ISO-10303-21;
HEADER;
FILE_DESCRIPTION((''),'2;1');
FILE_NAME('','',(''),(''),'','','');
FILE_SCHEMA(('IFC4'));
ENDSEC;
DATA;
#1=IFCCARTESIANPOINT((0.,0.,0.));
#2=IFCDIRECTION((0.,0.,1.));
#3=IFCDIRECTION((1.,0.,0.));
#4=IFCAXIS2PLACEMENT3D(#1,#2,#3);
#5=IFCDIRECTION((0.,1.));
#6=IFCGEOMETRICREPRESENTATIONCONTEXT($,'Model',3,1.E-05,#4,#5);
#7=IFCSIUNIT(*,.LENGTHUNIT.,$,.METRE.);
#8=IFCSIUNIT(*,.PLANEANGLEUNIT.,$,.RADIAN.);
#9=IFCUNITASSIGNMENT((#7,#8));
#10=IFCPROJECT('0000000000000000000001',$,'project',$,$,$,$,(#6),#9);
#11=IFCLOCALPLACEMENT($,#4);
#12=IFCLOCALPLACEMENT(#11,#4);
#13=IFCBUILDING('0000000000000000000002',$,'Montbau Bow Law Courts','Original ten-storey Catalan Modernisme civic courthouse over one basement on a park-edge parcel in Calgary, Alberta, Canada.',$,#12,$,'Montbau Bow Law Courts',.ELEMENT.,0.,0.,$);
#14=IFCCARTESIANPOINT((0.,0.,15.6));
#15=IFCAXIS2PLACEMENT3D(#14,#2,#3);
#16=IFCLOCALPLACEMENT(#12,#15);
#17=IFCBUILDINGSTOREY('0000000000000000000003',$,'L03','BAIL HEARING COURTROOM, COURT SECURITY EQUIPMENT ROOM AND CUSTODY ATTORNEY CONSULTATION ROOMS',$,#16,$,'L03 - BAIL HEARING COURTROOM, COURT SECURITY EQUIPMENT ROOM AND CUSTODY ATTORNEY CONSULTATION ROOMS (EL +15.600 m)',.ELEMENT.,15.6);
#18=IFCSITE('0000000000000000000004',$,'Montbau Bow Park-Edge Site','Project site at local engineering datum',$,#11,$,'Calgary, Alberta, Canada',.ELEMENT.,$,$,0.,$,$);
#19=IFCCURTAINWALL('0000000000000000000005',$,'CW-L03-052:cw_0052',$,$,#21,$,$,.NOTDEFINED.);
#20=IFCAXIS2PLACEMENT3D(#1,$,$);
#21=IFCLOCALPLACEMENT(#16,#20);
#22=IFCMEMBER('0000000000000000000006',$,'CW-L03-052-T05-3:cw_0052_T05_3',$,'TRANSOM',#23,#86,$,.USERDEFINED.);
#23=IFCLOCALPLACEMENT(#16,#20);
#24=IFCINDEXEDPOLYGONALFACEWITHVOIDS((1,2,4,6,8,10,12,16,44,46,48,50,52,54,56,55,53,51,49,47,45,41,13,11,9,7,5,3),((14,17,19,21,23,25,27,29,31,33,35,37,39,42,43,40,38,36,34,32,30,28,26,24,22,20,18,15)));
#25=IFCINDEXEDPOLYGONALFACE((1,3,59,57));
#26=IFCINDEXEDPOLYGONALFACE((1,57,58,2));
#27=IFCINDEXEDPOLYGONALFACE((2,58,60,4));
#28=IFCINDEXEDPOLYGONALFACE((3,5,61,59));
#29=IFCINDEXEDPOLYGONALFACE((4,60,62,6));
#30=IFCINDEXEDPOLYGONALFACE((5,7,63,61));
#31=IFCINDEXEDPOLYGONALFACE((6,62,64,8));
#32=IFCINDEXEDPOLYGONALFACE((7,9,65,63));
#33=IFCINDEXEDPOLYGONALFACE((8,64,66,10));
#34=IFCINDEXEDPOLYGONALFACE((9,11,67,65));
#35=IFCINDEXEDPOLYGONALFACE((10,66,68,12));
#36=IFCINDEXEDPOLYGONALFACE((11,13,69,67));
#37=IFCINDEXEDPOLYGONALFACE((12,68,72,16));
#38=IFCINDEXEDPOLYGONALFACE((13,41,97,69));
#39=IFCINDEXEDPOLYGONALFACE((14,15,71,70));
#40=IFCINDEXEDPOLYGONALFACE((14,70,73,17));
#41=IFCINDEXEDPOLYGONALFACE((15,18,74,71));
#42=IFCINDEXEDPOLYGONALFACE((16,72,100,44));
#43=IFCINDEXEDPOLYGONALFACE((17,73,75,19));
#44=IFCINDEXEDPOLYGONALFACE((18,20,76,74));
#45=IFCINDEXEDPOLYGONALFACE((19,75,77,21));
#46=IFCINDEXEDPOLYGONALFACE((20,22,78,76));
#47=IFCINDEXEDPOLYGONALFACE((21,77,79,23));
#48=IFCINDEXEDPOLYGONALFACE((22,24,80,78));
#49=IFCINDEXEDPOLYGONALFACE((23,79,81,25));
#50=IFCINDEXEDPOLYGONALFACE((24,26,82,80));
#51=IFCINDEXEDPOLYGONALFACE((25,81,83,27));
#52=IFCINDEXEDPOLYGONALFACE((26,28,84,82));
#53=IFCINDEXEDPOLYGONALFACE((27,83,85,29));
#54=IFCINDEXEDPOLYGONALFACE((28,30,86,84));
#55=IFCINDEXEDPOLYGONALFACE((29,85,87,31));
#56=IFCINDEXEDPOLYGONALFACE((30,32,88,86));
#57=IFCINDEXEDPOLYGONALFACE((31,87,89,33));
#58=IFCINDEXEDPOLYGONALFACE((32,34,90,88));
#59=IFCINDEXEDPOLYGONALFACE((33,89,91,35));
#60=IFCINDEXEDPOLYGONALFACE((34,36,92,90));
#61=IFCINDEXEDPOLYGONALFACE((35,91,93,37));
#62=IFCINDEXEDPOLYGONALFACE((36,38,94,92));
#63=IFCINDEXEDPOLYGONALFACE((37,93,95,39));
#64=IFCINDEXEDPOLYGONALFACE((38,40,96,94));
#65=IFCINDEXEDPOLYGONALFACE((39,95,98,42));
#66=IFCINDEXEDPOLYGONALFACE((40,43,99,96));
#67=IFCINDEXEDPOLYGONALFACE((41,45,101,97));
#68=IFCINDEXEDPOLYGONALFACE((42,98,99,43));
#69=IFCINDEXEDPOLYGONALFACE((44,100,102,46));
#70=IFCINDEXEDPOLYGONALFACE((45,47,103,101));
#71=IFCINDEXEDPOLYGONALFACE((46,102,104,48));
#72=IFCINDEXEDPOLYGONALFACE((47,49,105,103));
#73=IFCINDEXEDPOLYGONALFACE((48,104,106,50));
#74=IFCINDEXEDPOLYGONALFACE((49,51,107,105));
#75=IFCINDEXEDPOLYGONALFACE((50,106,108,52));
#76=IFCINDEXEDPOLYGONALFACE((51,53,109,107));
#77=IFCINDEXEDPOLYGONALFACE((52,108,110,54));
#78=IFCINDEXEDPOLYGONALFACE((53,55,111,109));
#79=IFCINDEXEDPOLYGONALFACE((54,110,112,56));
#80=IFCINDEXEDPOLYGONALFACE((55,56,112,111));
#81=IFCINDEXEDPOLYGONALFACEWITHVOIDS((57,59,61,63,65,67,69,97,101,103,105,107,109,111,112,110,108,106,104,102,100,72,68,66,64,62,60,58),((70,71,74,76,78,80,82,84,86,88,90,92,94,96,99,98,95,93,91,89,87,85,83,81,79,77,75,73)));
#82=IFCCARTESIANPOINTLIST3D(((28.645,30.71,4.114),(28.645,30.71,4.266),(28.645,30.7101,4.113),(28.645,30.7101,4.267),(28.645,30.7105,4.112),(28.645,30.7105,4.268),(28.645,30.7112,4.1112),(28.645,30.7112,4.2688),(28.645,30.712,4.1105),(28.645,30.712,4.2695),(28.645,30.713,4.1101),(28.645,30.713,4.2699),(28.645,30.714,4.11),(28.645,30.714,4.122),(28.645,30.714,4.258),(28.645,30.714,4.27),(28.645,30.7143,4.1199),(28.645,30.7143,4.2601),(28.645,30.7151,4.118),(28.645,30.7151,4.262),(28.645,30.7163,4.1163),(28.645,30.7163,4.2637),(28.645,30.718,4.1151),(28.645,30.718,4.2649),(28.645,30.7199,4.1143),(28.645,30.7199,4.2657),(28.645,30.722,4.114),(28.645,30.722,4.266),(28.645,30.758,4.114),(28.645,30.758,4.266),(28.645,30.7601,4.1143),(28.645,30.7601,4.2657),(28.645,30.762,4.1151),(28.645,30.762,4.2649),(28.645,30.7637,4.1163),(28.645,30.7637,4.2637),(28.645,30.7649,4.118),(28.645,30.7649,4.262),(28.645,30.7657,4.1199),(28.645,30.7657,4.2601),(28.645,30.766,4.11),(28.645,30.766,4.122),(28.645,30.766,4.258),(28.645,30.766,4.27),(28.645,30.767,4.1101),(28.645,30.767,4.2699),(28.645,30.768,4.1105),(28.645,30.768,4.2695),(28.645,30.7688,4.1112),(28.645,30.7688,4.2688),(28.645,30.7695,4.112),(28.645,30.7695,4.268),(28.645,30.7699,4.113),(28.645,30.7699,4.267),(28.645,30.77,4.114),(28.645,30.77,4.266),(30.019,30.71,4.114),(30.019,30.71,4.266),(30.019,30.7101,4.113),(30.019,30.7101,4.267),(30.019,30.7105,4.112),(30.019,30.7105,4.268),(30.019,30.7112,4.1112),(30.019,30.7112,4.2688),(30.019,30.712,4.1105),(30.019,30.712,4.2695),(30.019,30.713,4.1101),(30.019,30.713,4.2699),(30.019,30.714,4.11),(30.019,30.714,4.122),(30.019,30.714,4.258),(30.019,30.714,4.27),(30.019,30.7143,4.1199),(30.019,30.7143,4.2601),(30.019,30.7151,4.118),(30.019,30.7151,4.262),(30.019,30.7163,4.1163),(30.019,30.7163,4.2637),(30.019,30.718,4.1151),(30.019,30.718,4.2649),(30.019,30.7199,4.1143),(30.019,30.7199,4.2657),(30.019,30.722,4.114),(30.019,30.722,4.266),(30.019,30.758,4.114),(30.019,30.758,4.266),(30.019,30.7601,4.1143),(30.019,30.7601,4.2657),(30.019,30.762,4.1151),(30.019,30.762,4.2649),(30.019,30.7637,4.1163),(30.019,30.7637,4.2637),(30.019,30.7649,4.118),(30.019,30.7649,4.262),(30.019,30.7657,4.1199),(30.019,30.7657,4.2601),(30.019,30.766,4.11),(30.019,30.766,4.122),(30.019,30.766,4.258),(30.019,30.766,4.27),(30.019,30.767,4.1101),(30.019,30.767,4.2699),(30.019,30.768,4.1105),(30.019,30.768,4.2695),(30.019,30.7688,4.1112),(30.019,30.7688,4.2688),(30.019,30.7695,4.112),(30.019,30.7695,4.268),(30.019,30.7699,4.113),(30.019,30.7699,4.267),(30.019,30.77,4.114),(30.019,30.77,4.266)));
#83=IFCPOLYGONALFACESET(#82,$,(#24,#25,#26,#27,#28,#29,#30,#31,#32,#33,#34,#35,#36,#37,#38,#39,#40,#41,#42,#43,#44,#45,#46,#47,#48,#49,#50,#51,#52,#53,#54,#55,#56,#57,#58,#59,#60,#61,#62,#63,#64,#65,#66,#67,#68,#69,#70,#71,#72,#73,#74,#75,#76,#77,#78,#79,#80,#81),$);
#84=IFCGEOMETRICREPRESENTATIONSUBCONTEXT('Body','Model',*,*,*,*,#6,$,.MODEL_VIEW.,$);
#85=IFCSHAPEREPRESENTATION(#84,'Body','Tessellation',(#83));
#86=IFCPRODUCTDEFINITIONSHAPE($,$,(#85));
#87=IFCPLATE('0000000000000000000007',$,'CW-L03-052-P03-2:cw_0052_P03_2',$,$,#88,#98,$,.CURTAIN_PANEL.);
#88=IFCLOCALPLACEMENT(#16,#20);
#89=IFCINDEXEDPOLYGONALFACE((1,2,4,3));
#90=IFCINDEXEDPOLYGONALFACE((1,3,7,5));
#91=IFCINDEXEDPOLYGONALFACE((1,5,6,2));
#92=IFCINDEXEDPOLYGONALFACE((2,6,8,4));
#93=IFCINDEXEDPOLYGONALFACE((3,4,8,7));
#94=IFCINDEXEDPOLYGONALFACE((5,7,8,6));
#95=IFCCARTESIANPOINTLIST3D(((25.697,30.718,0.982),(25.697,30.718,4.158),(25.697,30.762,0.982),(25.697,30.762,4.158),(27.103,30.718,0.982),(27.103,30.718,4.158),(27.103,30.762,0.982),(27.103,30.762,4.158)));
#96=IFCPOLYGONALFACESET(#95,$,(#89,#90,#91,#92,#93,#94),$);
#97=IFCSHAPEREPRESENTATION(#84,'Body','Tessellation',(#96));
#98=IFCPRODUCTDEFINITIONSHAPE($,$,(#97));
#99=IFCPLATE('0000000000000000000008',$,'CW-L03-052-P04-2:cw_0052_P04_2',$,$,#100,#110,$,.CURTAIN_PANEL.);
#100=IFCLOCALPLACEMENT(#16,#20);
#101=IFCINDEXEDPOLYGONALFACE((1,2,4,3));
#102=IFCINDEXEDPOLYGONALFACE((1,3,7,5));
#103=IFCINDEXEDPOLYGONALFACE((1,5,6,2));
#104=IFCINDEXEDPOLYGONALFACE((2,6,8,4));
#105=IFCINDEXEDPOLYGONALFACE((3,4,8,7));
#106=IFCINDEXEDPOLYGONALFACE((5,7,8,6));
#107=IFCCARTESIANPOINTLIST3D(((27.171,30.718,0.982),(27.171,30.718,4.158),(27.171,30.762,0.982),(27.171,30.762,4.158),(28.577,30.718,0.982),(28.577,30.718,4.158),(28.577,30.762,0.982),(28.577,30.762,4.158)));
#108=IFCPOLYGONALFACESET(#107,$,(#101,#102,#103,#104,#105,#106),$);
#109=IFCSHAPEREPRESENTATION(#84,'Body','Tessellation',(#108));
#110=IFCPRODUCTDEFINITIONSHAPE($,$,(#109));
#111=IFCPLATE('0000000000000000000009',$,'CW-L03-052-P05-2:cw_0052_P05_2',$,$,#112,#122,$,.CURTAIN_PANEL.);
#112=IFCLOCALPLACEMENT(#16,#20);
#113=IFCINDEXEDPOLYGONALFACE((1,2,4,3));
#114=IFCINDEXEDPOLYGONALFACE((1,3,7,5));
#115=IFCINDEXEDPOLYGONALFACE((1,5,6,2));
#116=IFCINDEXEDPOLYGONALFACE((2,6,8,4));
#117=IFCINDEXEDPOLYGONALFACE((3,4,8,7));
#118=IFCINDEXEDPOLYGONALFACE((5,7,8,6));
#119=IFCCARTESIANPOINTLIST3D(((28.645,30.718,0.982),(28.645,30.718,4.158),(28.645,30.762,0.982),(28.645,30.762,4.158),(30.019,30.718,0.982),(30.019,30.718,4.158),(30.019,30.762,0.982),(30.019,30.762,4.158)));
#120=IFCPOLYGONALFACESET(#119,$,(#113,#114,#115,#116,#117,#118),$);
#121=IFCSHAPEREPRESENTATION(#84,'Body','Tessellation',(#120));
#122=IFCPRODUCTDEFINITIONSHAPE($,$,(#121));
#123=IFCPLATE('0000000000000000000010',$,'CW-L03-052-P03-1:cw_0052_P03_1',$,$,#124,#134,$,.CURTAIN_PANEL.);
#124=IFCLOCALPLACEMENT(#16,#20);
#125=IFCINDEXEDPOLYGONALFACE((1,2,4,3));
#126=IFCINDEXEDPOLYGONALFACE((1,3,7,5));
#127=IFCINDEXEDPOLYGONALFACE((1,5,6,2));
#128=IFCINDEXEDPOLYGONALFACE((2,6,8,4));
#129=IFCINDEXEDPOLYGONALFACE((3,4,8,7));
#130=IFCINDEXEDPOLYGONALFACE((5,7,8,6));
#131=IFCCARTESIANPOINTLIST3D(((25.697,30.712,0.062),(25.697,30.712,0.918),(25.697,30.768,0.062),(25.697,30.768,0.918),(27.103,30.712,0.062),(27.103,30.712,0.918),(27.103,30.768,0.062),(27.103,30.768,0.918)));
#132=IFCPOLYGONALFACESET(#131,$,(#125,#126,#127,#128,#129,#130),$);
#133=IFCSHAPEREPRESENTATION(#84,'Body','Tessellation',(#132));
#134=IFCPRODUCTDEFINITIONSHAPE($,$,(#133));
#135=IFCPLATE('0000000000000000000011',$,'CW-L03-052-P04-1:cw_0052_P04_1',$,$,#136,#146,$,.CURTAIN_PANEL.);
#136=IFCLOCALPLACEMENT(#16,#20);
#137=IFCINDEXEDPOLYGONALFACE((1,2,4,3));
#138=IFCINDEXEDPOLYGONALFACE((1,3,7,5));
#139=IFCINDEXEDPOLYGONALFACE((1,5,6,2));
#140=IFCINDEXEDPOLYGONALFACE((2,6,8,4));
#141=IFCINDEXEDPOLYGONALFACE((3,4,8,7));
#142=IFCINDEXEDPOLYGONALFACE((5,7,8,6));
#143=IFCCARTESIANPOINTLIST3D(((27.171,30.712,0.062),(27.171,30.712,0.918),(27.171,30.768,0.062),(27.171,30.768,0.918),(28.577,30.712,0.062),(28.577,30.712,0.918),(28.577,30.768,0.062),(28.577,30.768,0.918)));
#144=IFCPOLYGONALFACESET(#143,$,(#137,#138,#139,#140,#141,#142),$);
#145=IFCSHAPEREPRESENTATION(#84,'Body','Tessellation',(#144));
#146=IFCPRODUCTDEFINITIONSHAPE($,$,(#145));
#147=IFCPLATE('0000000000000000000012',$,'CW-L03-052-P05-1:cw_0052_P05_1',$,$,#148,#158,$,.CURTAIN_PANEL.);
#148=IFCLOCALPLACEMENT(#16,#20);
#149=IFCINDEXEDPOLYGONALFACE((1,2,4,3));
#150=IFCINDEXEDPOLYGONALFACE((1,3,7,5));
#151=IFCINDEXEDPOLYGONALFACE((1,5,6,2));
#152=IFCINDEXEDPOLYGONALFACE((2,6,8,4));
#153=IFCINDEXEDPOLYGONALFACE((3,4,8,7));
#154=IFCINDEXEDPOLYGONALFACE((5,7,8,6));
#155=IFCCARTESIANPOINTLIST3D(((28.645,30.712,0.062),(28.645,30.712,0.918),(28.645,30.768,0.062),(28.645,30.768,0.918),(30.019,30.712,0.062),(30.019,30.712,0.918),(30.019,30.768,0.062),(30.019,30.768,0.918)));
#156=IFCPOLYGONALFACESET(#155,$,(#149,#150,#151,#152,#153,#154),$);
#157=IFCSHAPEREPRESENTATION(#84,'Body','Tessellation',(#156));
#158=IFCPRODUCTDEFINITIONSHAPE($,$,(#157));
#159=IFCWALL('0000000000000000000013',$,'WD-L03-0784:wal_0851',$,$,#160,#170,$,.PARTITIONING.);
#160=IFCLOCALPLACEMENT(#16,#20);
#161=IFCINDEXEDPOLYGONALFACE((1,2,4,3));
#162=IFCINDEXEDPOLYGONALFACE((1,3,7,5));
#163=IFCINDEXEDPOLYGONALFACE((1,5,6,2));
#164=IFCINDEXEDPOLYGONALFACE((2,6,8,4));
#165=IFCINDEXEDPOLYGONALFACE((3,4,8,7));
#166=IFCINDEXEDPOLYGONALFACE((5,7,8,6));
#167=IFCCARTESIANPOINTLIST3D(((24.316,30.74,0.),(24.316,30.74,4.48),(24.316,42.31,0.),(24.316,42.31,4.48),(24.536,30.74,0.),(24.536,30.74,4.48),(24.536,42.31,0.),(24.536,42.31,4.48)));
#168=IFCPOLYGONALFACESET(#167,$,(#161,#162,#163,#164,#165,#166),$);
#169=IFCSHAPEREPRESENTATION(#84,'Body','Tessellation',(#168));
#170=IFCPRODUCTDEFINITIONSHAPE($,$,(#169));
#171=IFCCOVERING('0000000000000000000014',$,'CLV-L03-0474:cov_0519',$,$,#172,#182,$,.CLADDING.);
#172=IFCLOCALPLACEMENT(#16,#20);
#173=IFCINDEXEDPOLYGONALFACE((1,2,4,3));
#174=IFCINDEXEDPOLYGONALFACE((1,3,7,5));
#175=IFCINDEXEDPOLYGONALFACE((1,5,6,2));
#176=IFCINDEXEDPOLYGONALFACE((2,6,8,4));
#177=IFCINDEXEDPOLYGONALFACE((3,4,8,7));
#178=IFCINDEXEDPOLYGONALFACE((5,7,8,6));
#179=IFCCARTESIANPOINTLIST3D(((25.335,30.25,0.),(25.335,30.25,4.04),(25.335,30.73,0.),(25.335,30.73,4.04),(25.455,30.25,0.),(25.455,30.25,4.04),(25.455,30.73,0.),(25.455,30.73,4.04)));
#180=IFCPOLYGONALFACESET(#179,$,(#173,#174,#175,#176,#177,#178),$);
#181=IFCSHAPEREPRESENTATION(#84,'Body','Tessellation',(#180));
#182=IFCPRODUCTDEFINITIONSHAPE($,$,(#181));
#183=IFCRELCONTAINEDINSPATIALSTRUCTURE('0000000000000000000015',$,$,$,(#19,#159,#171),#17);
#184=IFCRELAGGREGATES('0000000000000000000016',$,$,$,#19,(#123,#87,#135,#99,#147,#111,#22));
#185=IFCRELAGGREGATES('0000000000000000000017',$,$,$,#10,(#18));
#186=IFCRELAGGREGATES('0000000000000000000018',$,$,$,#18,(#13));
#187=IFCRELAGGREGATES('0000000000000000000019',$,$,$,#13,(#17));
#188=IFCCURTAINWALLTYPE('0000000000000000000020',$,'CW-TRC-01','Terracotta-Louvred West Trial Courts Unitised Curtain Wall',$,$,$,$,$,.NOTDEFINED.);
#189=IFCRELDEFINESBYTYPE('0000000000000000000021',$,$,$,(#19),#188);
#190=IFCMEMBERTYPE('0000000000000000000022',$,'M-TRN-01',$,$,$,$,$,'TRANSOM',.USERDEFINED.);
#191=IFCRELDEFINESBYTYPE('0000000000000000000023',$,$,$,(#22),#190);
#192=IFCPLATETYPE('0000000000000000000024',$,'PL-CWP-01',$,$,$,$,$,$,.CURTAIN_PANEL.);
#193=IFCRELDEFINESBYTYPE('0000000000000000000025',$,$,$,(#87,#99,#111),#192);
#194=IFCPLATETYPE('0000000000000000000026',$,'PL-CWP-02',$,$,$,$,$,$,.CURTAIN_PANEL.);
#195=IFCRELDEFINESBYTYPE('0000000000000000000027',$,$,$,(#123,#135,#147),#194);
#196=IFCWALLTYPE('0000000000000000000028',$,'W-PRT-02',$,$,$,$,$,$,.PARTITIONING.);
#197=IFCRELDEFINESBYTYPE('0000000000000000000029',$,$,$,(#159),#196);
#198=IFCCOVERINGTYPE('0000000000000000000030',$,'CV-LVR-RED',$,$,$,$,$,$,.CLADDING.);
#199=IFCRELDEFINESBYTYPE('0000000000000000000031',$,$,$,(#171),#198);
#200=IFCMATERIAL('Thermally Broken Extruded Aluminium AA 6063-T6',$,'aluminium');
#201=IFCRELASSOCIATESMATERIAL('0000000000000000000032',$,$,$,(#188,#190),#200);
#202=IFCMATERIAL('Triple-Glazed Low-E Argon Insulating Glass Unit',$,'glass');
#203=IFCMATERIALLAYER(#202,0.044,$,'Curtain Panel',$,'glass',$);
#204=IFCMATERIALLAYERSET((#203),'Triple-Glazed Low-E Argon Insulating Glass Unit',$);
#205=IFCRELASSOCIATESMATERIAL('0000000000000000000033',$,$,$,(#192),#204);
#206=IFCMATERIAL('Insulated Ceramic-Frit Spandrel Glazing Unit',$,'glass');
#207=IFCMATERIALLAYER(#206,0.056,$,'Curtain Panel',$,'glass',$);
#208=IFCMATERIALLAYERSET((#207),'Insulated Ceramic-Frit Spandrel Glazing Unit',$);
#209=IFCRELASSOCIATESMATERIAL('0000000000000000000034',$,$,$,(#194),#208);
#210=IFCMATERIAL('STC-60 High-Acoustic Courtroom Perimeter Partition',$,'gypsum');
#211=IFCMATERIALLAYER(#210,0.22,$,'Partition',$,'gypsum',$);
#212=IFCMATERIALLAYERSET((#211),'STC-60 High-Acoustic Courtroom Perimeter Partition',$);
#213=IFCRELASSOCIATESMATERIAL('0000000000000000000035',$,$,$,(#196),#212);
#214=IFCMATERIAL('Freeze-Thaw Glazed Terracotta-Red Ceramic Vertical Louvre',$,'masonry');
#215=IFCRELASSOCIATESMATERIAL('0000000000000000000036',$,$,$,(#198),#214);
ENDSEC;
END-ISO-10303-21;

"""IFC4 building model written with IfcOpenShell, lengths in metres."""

from ifc_helpers import new_model, si_unit, direction, frame, frame_2d, origin_with_axes, origin_2d_with_axis, place, context, subcontext, project, spatial, rectangle, hollow_rectangle, extrude, material, layer, layer_set, material_profile, profile_set, type_object, element, aggregate, save


model = new_model("IFC4")

# Units and contexts
model_context = context("Model", 3, precision=1e-05, world=origin_with_axes(), true_north=direction((0.0, 1.0)))
body_context = subcontext(model_context, "Body", "Model", "MODEL_VIEW")
ifc_project = project(units=[si_unit("LENGTHUNIT", "METRE"), si_unit("PLANEANGLEUNIT", "RADIAN")], contexts=[model_context])

# Site, building, storey
site_placement = place(None, origin_with_axes())
site = spatial("IfcSite", under=ifc_project, at=site_placement, Name="Montbau Bow Park-Edge Site", Description="Project site at local engineering datum", LongName="Calgary, Alberta, Canada", CompositionType="ELEMENT", RefElevation=0.0)
building_placement = place(site_placement, origin_with_axes())
building = spatial("IfcBuilding", under=site, at=building_placement, Name="Montbau Bow Law Courts", Description="Original ten-storey Catalan Modernisme civic courthouse over one basement on a park-edge parcel in Calgary, Alberta, Canada.", LongName="Montbau Bow Law Courts", CompositionType="ELEMENT", ElevationOfRefHeight=0.0, ElevationOfTerrain=0.0)
storey_placement = place(building_placement, frame((0.0, 0.0, 15.6), z_axis=(0.0, 0.0, 1.0), x_axis=(1.0, 0.0, 0.0)))
storey = spatial("IfcBuildingStorey", under=building, at=storey_placement, Name="L03", Description="BAIL HEARING COURTROOM, COURT SECURITY EQUIPMENT ROOM AND CUSTODY ATTORNEY CONSULTATION ROOMS", LongName="L03 - BAIL HEARING COURTROOM, COURT SECURITY EQUIPMENT ROOM AND CUSTODY ATTORNEY CONSULTATION ROOMS (EL +15.600 m)", CompositionType="ELEMENT", Elevation=15.6)

# Curtain wall, member, plates
ifc_material_1 = material(Name="Thermally Broken Extruded Aluminium AA 6063-T6", Category="aluminium")
curtain_wall_type = type_object("IfcCurtainWallType", Name="CW-TRC-01", Description="Terracotta-Louvred West Trial Courts Unitised Curtain Wall", PredefinedType="NOTDEFINED", material=ifc_material_1)
curtain_wall_placement = place(None, frame((22.715, 30.74, 15.6), z_axis=(0.0, 0.0, 1.0), x_axis=(1.0, 0.0, 0.0)))
curtain_wall = element("IfcCurtainWall", 1, at=curtain_wall_placement, inside=storey, type_object=curtain_wall_type, Name="CW-L03-052:cw_0052", PredefinedType="NOTDEFINED")
ifc_material_profile_1 = material_profile(ifc_material_1, hollow_rectangle(XDim=0.06, YDim=0.16, WallThickness=0.004, InnerFilletRadius=0.008, OuterFilletRadius=0.004, at=origin_2d_with_axis()), Name="CWT-160X60", Category="Main", Priority=0)
ifc_profile_set_1 = profile_set([ifc_material_profile_1], Name="Thermally Broken Extruded Aluminium AA 6063-T6")
member_type_1 = type_object("IfcMemberType", Name="M-TRN-01", ElementType="TRANSOM", PredefinedType="USERDEFINED", material=ifc_profile_set_1)
member_1_placement = place(None, frame((28.645, 30.74, 19.79), z_axis=(1.0, 0.0, 0.0), x_axis=(0.0, 1.0, 0.0)))
member_1 = element("IfcMember", 2, at=member_1_placement, type_object=member_type_1, Name="CW-L03-052-T05-3:cw_0052_T05_3", ObjectType="TRANSOM", PredefinedType="USERDEFINED", context=body_context, shape_type="SweptSolid", body=[
    extrude(hollow_rectangle(XDim=0.06, YDim=0.16, WallThickness=0.004, InnerFilletRadius=0.008, OuterFilletRadius=0.004, at=origin_2d_with_axis()), origin_with_axes(), (0.0, 0.0, 1.0), 1.374),
])
ifc_material_2 = material(Name="Triple-Glazed Low-E Argon Insulating Glass Unit", Category="glass")
ifc_layer_1 = layer(ifc_material_2, 0.044, Name="Curtain Panel", Category="glass")
ifc_layer_set_1 = layer_set([ifc_layer_1], Name="Triple-Glazed Low-E Argon Insulating Glass Unit")
plate_type_1 = type_object("IfcPlateType", Name="PL-CWP-01", PredefinedType="CURTAIN_PANEL", material=ifc_layer_set_1)
plate_1_placement = place(None, frame((25.697, 30.74, 16.582), z_axis=(0.0, -1.0, 0.0), x_axis=(1.0, 0.0, 0.0)))
plate_1 = element("IfcPlate", 3, at=plate_1_placement, type_object=plate_type_1, Name="CW-L03-052-P03-2:cw_0052_P03_2", PredefinedType="CURTAIN_PANEL", context=body_context, shape_type="SweptSolid", body=[
    extrude(rectangle(XDim=1.406, YDim=3.176, at=frame_2d((0.703, 1.588), x_axis=(1.0, 0.0))), frame((0.0, 0.0, -0.022), z_axis=(0.0, 0.0, 1.0), x_axis=(1.0, 0.0, 0.0)), (0.0, 0.0, 1.0), 0.044),
])
plate_2_placement = place(None, frame((27.171, 30.74, 16.582), z_axis=(0.0, -1.0, 0.0), x_axis=(1.0, 0.0, 0.0)))
plate_2 = element("IfcPlate", 4, at=plate_2_placement, type_object=plate_type_1, Name="CW-L03-052-P04-2:cw_0052_P04_2", PredefinedType="CURTAIN_PANEL", context=body_context, shape_type="SweptSolid", body=[
    extrude(rectangle(XDim=1.406, YDim=3.176, at=frame_2d((0.703, 1.588), x_axis=(1.0, 0.0))), frame((0.0, 0.0, -0.022), z_axis=(0.0, 0.0, 1.0), x_axis=(1.0, 0.0, 0.0)), (0.0, 0.0, 1.0), 0.044),
])
plate_3_placement = place(None, frame((28.645, 30.74, 16.582), z_axis=(0.0, -1.0, 0.0), x_axis=(1.0, 0.0, 0.0)))
plate_3 = element("IfcPlate", 5, at=plate_3_placement, type_object=plate_type_1, Name="CW-L03-052-P05-2:cw_0052_P05_2", PredefinedType="CURTAIN_PANEL", context=body_context, shape_type="SweptSolid", body=[
    extrude(rectangle(XDim=1.374, YDim=3.176, at=frame_2d((0.687, 1.588), x_axis=(1.0, 0.0))), frame((0.0, 0.0, -0.022), z_axis=(0.0, 0.0, 1.0), x_axis=(1.0, 0.0, 0.0)), (0.0, 0.0, 1.0), 0.044),
])
ifc_material_3 = material(Name="Insulated Ceramic-Frit Spandrel Glazing Unit", Category="glass")
ifc_layer_2 = layer(ifc_material_3, 0.056, Name="Curtain Panel", Category="glass")
ifc_layer_set_2 = layer_set([ifc_layer_2], Name="Insulated Ceramic-Frit Spandrel Glazing Unit")
plate_type_2 = type_object("IfcPlateType", Name="PL-CWP-02", PredefinedType="CURTAIN_PANEL", material=ifc_layer_set_2)
plate_4_placement = place(None, frame((25.697, 30.74, 15.662), z_axis=(0.0, -1.0, 0.0), x_axis=(1.0, 0.0, 0.0)))
plate_4 = element("IfcPlate", 6, at=plate_4_placement, type_object=plate_type_2, Name="CW-L03-052-P03-1:cw_0052_P03_1", PredefinedType="CURTAIN_PANEL", context=body_context, shape_type="SweptSolid", body=[
    extrude(rectangle(XDim=1.406, YDim=0.856, at=frame_2d((0.703, 0.428), x_axis=(1.0, 0.0))), frame((0.0, 0.0, -0.028), z_axis=(0.0, 0.0, 1.0), x_axis=(1.0, 0.0, 0.0)), (0.0, 0.0, 1.0), 0.056),
])
plate_5_placement = place(None, frame((27.171, 30.74, 15.662), z_axis=(0.0, -1.0, 0.0), x_axis=(1.0, 0.0, 0.0)))
plate_5 = element("IfcPlate", 7, at=plate_5_placement, type_object=plate_type_2, Name="CW-L03-052-P04-1:cw_0052_P04_1", PredefinedType="CURTAIN_PANEL", context=body_context, shape_type="SweptSolid", body=[
    extrude(rectangle(XDim=1.406, YDim=0.856, at=frame_2d((0.703, 0.428), x_axis=(1.0, 0.0))), frame((0.0, 0.0, -0.028), z_axis=(0.0, 0.0, 1.0), x_axis=(1.0, 0.0, 0.0)), (0.0, 0.0, 1.0), 0.056),
])
plate_6_placement = place(None, frame((28.645, 30.74, 15.662), z_axis=(0.0, -1.0, 0.0), x_axis=(1.0, 0.0, 0.0)))
plate_6 = element("IfcPlate", 8, at=plate_6_placement, type_object=plate_type_2, Name="CW-L03-052-P05-1:cw_0052_P05_1", PredefinedType="CURTAIN_PANEL", context=body_context, shape_type="SweptSolid", body=[
    extrude(rectangle(XDim=1.374, YDim=0.856, at=frame_2d((0.687, 0.428), x_axis=(1.0, 0.0))), frame((0.0, 0.0, -0.028), z_axis=(0.0, 0.0, 1.0), x_axis=(1.0, 0.0, 0.0)), (0.0, 0.0, 1.0), 0.056),
])
aggregate(curtain_wall, [plate_4, plate_1, plate_5, plate_2, plate_6, plate_3, member_1])

# Wall
ifc_material_4 = material(Name="STC-60 High-Acoustic Courtroom Perimeter Partition", Category="gypsum")
ifc_layer_3 = layer(ifc_material_4, 0.22, Name="Partition", Category="gypsum")
ifc_layer_set_3 = layer_set([ifc_layer_3], Name="STC-60 High-Acoustic Courtroom Perimeter Partition")
wall_type = type_object("IfcWallType", Name="W-PRT-02", PredefinedType="PARTITIONING", material=ifc_layer_set_3)
wall_placement = place(None, frame((24.426, 30.74, 15.6), z_axis=(0.0, 0.0, 1.0), x_axis=(0.0, 1.0, 0.0)))
element("IfcWall", 9, at=wall_placement, inside=storey, type_object=wall_type, Name="WD-L03-0784:wal_0851", PredefinedType="PARTITIONING", context=body_context, shape_type="SweptSolid", body=[
    extrude(rectangle(XDim=11.57, YDim=0.22, at=frame_2d((5.785, 0.0), x_axis=(1.0, 0.0))), origin_with_axes(), (0.0, 0.0, 1.0), 4.48),
])

# Covering
ifc_material_5 = material(Name="Freeze-Thaw Glazed Terracotta-Red Ceramic Vertical Louvre", Category="masonry")
covering_type = type_object("IfcCoveringType", Name="CV-LVR-RED", PredefinedType="CLADDING", material=ifc_material_5)
for number, where, z_axis, x_axis, name in (
    (10, (25.395, 30.73, 15.6), (-1.0, 0.0, 0.0), (0.0, -1.0, 0.0), "CLV-L03-0474:cov_0519"),
):
    element("IfcCovering", number, at=place(None, frame(where, z_axis=z_axis, x_axis=x_axis)), inside=storey, type_object=covering_type, Name=name, PredefinedType="CLADDING", context=body_context, shape_type="SweptSolid", body=[
        extrude(rectangle(XDim=0.48, YDim=4.04, at=frame_2d((0.24, 2.02), x_axis=(1.0, 0.0))), frame((0.0, 0.0, -0.06), z_axis=(0.0, 0.0, 1.0), x_axis=(1.0, 0.0, 0.0)), (0.0, 0.0, 1.0), 0.12),
    ])

save(model, "model.ifc")
